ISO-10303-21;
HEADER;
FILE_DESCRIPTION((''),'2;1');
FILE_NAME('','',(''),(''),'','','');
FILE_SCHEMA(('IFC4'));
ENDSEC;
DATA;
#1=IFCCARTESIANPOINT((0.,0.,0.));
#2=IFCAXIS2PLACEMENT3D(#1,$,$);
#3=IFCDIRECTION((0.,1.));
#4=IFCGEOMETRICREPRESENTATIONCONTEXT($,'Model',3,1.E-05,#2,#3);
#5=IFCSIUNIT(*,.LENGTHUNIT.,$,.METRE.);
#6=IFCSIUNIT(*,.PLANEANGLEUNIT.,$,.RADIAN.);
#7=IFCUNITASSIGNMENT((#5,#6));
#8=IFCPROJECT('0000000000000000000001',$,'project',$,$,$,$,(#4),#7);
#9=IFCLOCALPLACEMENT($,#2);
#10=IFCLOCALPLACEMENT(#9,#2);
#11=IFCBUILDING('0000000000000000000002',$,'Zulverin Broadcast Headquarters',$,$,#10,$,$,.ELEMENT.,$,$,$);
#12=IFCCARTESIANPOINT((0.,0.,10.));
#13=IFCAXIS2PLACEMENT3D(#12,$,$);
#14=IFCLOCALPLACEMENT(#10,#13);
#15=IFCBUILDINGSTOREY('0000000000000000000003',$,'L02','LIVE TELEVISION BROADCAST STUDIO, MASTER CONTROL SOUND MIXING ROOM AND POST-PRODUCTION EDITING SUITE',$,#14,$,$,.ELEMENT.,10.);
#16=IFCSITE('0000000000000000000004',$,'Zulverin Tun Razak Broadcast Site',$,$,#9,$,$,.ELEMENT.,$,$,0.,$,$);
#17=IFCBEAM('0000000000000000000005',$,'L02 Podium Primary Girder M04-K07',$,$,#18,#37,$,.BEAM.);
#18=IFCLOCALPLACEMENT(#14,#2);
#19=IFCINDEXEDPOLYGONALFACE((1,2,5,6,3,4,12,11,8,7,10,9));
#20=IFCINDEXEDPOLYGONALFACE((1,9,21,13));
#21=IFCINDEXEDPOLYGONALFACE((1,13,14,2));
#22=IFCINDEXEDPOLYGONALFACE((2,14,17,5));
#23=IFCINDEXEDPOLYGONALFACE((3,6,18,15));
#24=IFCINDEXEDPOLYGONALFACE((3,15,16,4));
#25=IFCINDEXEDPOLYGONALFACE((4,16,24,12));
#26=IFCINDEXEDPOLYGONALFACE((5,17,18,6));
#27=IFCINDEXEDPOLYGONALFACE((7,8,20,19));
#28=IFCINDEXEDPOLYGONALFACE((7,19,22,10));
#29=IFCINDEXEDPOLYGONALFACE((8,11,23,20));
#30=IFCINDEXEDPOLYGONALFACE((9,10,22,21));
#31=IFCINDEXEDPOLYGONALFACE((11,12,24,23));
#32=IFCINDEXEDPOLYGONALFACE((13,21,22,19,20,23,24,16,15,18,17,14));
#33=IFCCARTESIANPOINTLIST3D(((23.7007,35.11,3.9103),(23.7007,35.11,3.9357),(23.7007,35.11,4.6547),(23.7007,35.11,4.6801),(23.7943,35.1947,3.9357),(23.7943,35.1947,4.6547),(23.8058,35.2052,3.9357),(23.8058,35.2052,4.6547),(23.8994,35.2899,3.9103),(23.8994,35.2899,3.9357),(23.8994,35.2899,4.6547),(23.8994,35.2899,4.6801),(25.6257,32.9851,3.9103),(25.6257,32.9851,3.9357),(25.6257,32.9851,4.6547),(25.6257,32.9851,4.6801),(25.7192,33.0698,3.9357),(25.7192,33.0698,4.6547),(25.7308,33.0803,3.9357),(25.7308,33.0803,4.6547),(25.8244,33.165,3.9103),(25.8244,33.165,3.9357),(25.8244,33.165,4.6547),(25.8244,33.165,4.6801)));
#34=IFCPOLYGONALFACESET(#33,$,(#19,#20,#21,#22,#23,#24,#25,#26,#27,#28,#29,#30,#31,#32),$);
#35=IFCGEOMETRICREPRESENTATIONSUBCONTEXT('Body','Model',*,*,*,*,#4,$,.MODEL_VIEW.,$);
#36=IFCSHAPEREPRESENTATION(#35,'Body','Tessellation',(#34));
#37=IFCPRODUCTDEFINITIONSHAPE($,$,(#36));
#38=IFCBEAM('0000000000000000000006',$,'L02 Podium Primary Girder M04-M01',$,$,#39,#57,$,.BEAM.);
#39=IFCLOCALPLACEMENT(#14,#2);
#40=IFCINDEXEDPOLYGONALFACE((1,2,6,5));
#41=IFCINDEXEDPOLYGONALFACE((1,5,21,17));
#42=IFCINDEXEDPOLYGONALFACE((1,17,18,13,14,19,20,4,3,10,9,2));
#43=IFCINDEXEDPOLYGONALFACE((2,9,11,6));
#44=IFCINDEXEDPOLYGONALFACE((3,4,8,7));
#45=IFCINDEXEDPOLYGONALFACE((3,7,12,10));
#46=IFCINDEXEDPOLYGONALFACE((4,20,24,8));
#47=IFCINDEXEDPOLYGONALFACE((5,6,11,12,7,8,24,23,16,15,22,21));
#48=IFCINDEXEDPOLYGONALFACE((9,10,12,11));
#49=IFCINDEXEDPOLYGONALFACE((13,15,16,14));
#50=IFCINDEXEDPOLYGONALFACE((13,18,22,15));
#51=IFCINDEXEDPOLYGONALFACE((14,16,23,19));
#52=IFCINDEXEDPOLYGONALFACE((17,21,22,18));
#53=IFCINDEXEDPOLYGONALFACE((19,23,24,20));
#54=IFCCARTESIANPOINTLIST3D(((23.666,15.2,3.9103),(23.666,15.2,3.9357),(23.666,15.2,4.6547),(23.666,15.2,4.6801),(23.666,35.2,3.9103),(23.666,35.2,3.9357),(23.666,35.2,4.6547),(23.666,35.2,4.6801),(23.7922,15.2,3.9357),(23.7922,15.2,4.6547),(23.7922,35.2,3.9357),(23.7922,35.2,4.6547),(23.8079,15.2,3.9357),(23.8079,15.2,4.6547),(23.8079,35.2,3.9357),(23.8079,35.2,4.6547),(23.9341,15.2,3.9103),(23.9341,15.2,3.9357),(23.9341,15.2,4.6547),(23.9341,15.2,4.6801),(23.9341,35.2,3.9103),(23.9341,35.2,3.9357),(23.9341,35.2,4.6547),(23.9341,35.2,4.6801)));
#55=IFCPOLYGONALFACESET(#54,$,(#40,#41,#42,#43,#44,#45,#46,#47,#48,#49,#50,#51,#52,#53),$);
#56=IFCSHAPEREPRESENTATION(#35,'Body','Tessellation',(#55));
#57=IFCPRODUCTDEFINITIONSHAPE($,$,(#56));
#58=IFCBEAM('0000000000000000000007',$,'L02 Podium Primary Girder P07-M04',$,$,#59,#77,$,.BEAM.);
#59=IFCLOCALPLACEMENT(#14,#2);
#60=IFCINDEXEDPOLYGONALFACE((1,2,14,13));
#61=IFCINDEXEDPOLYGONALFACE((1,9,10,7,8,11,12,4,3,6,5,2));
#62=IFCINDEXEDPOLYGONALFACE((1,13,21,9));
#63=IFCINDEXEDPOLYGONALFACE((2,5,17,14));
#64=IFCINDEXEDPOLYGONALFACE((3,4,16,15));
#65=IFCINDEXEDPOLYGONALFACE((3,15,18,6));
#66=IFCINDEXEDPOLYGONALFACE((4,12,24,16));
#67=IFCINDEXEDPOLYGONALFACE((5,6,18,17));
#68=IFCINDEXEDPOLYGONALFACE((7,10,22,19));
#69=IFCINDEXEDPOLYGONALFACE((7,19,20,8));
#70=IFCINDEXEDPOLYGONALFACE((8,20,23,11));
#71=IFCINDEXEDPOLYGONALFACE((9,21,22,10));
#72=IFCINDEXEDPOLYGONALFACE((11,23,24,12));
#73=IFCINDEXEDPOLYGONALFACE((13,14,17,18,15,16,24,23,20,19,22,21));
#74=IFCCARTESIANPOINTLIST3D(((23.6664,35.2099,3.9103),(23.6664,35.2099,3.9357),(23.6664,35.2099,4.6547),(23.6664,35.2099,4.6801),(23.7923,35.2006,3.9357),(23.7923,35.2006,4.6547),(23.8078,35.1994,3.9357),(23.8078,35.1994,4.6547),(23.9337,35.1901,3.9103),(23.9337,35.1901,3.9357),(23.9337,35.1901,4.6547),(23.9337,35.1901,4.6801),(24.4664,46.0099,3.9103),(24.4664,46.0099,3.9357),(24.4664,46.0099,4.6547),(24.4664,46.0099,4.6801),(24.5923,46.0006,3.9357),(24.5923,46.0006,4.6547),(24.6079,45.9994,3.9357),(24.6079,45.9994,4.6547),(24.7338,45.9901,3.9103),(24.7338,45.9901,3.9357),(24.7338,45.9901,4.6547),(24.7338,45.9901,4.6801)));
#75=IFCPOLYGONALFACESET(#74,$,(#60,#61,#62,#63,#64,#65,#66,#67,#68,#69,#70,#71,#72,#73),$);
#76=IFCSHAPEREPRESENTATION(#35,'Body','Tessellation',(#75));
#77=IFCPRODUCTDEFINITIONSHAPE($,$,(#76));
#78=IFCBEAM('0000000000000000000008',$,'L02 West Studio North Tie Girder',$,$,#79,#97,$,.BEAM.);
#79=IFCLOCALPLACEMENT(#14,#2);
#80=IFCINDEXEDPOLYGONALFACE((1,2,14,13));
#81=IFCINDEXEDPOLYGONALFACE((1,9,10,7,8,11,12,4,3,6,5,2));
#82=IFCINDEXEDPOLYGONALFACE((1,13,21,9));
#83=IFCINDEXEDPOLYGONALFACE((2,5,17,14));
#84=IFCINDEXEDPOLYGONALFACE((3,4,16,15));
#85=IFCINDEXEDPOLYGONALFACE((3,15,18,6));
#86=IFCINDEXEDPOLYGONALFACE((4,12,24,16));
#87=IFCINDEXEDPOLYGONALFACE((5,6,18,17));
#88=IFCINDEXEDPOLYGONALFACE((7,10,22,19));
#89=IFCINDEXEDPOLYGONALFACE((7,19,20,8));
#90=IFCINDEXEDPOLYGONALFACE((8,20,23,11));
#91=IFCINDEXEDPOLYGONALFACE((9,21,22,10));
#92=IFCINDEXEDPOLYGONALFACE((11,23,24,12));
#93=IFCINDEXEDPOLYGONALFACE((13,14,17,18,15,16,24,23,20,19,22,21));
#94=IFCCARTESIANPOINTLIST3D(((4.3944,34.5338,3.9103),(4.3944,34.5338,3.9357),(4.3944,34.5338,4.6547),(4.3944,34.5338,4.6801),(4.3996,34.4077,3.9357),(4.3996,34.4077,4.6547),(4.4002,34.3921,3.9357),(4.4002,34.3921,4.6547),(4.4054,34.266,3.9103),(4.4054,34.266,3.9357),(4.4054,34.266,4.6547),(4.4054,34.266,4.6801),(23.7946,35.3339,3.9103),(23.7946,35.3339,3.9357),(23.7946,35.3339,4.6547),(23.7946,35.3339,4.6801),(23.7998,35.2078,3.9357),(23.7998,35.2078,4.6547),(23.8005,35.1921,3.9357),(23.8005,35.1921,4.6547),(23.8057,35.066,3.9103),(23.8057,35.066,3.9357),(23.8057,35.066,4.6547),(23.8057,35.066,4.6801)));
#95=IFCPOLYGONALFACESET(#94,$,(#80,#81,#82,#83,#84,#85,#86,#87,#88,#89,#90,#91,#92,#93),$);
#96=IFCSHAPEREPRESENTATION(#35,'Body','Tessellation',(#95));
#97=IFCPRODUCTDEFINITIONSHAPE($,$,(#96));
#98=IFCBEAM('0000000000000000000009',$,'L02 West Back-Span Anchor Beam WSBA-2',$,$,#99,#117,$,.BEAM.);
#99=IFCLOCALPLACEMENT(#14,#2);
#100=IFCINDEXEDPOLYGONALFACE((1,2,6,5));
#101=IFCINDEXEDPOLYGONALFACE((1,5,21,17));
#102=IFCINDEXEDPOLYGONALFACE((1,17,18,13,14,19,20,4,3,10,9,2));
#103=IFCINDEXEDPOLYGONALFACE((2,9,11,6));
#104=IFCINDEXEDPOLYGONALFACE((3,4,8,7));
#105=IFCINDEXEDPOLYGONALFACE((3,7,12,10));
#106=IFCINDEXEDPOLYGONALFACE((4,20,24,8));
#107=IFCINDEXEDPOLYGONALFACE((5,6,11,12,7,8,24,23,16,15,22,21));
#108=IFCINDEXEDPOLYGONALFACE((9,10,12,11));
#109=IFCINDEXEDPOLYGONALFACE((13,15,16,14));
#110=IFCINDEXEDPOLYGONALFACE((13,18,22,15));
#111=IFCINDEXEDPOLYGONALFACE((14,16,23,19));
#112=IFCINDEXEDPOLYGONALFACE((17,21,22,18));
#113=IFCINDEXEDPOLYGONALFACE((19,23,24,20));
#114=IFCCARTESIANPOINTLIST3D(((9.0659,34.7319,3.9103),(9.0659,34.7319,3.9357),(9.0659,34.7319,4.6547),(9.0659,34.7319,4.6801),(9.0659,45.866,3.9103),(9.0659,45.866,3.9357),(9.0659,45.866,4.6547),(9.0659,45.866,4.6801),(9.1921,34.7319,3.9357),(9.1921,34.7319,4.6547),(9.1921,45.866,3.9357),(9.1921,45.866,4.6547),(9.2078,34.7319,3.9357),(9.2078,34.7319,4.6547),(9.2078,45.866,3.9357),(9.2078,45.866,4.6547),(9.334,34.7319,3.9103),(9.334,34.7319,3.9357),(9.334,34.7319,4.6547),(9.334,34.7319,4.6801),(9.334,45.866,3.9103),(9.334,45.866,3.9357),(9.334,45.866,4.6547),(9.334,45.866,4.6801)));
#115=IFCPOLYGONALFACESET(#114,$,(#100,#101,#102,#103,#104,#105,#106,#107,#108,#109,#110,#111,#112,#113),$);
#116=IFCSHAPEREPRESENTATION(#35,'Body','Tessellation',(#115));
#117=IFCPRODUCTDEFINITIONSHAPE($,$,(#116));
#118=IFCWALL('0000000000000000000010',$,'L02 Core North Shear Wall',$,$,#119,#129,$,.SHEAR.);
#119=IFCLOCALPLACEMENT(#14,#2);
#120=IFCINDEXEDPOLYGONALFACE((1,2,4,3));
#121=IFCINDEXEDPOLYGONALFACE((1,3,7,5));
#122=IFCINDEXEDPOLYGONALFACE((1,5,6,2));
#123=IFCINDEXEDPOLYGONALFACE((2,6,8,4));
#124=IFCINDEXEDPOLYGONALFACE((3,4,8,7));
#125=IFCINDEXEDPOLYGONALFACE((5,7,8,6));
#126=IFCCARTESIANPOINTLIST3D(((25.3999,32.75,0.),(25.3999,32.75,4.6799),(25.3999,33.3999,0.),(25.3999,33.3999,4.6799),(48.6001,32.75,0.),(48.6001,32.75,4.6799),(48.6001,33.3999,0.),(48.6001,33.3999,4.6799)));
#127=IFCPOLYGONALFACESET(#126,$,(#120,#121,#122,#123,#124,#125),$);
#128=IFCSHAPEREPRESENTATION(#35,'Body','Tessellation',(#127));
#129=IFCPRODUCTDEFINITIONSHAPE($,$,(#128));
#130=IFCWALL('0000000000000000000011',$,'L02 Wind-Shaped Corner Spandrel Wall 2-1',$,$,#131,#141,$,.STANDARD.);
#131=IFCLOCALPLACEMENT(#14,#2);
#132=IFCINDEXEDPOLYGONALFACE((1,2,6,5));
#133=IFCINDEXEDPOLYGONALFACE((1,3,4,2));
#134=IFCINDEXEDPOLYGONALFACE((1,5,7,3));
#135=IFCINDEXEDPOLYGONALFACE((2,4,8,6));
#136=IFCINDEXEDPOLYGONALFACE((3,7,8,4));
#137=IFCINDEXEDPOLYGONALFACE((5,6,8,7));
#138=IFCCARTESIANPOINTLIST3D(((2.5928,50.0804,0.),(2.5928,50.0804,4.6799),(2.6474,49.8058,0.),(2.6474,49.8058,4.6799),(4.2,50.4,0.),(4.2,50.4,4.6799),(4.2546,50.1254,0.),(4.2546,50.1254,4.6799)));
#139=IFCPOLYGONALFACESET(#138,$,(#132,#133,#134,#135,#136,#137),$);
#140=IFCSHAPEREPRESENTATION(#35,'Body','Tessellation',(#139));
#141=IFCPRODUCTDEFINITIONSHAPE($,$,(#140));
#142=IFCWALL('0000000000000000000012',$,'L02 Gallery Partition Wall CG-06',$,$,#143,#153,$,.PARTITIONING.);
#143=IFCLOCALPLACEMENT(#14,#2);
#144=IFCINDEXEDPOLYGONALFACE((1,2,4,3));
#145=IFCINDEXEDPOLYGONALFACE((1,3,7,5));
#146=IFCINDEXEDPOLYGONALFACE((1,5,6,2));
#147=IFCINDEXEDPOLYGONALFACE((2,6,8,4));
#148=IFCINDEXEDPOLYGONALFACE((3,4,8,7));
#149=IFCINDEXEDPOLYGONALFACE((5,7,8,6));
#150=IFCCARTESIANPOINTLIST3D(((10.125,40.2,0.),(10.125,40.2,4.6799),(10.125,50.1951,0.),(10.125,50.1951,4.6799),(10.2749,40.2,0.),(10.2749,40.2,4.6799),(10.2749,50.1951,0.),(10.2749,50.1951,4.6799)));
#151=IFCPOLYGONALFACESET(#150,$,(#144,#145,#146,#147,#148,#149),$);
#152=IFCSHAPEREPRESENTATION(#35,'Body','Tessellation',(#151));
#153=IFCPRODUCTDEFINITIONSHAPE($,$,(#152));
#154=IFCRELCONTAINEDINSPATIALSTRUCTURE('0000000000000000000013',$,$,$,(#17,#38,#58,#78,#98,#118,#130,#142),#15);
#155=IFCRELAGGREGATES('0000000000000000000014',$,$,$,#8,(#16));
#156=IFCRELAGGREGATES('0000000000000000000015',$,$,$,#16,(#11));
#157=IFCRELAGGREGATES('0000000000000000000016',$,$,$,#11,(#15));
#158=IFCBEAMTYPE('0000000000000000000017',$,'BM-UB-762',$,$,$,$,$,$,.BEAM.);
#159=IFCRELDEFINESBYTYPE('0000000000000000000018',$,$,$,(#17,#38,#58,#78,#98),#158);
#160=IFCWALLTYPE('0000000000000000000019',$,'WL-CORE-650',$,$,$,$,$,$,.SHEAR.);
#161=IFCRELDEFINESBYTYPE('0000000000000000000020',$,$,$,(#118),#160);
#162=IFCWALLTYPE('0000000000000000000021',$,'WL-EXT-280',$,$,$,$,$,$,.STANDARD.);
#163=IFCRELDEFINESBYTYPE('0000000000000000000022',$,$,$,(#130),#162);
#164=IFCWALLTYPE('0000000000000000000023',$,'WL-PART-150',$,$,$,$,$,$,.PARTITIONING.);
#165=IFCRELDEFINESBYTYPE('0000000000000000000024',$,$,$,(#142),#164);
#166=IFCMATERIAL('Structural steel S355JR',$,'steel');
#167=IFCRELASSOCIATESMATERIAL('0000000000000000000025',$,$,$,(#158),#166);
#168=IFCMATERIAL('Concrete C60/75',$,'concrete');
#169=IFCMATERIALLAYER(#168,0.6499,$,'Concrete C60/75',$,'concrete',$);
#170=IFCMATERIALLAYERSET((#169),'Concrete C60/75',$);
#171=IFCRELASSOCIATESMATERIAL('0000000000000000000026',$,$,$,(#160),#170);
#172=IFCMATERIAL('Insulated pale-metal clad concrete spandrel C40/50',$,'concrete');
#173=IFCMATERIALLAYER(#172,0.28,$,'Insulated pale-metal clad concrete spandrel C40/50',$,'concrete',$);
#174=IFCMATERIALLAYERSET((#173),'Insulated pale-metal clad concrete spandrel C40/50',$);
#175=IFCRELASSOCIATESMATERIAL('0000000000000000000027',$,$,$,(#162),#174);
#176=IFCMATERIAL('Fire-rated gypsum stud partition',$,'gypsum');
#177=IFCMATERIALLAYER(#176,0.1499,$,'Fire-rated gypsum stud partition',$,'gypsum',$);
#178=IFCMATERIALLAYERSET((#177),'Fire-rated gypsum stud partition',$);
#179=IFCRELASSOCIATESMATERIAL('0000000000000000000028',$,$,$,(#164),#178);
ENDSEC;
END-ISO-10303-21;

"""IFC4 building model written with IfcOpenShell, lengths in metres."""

from ifc_helpers import new_model, si_unit, direction, frame, frame_2d, origin, origin_2d, place, context, subcontext, project, spatial, rectangle, i_section, extrude, material, layer, layer_set, material_profile, profile_set, type_object, element, save


model = new_model("IFC4")

# Units and contexts
model_context = context("Model", 3, precision=1e-05, world=origin(), true_north=direction((0.0, 1.0)))
body_context = subcontext(model_context, "Body", "Model", "MODEL_VIEW")
ifc_project = project(units=[si_unit("LENGTHUNIT", "METRE"), si_unit("PLANEANGLEUNIT", "RADIAN")], contexts=[model_context])

# Site, building, storey
site_placement = place(None, origin())
site = spatial("IfcSite", under=ifc_project, at=site_placement, Name="Zulverin Tun Razak Broadcast Site", CompositionType="ELEMENT", RefElevation=0.0)
building_placement = place(site_placement, origin())
building = spatial("IfcBuilding", under=site, at=building_placement, Name="Zulverin Broadcast Headquarters", CompositionType="ELEMENT")
storey_placement = place(building_placement, frame((0.0, 0.0, 10.0)))
storey = spatial("IfcBuildingStorey", under=building, at=storey_placement, Name="L02", Description="LIVE TELEVISION BROADCAST STUDIO, MASTER CONTROL SOUND MIXING ROOM AND POST-PRODUCTION EDITING SUITE", CompositionType="ELEMENT", Elevation=10.0)

# Shared definitions
ifc_material_1 = material(Name="Concrete C60/75", Category="concrete")

# Beams
ifc_material_2 = material(Name="Structural steel S355JR", Category="steel")
ifc_material_profile_1 = material_profile(ifc_material_2, i_section(OverallWidth=0.2681, OverallDepth=0.7698, WebThickness=0.0156, FlangeThickness=0.0254, at=origin_2d()), Name="Structural steel S355JR", Category="steel")
ifc_profile_set_1 = profile_set([ifc_material_profile_1], Name="Structural steel S355JR")
beam_type_1 = type_object("IfcBeamType", Name="BM-UB-762", PredefinedType="BEAM", material=ifc_profile_set_1)
beam_1_placement = place(storey_placement, frame((23.8, 35.2, 4.2952), z_axis=(0.671379, -0.741114, 0.0), x_axis=(0.741114, 0.671379, 0.0)))
element("IfcBeam", 1, at=beam_1_placement, inside=storey, type_object=beam_type_1, Name="L02 Podium Primary Girder M04-K07", PredefinedType="BEAM", context=body_context, shape_type="SweptSolid", body=[
    extrude(i_section(OverallWidth=0.2681, OverallDepth=0.7698, WebThickness=0.0156, FlangeThickness=0.0254, at=origin_2d()), origin(), (0.0, 0.0, 1.0), 2.8672),
])
beam_2_placement = place(storey_placement, frame((23.8, 35.2, 4.2952), z_axis=(0.0, -1.0, 0.0), x_axis=(1.0, 0.0, 0.0)))
element("IfcBeam", 2, at=beam_2_placement, inside=storey, type_object=beam_type_1, Name="L02 Podium Primary Girder M04-M01", PredefinedType="BEAM", context=body_context, shape_type="SweptSolid", body=[
    extrude(i_section(OverallWidth=0.2681, OverallDepth=0.7698, WebThickness=0.0156, FlangeThickness=0.0254, at=origin_2d()), origin(), (0.0, 0.0, 1.0), 20.0),
])
beam_3_placement = place(storey_placement, frame((24.6001, 46.0, 4.2952), z_axis=(-0.073876, -0.997267, 0.0), x_axis=(0.997267, -0.073876, 0.0)))
element("IfcBeam", 3, at=beam_3_placement, inside=storey, type_object=beam_type_1, Name="L02 Podium Primary Girder P07-M04", PredefinedType="BEAM", context=body_context, shape_type="SweptSolid", body=[
    extrude(i_section(OverallWidth=0.2681, OverallDepth=0.7698, WebThickness=0.0156, FlangeThickness=0.0254, at=origin_2d()), origin(), (0.0, 0.0, 1.0), 10.8296),
])
beam_4_placement = place(storey_placement, frame((4.3999, 34.3999, 4.2952), z_axis=(0.999151, 0.041204, 0.0), x_axis=(-0.041204, 0.999151, 0.0)))
element("IfcBeam", 4, at=beam_4_placement, inside=storey, type_object=beam_type_1, Name="L02 West Studio North Tie Girder", PredefinedType="BEAM", context=body_context, shape_type="SweptSolid", body=[
    extrude(i_section(OverallWidth=0.2681, OverallDepth=0.7698, WebThickness=0.0156, FlangeThickness=0.0254, at=origin_2d()), origin(), (0.0, 0.0, 1.0), 19.4167),
])
beam_5_placement = place(storey_placement, frame((9.2, 34.7319, 4.2952), z_axis=(0.0, 1.0, 0.0), x_axis=(-1.0, 0.0, 0.0)))
element("IfcBeam", 5, at=beam_5_placement, inside=storey, type_object=beam_type_1, Name="L02 West Back-Span Anchor Beam WSBA-2", PredefinedType="BEAM", context=body_context, shape_type="SweptSolid", body=[
    extrude(i_section(OverallWidth=0.2681, OverallDepth=0.7698, WebThickness=0.0156, FlangeThickness=0.0254, at=origin_2d()), origin(), (0.0, 0.0, 1.0), 11.134),
])

# Walls
ifc_layer_1 = layer(ifc_material_1, 0.6499, Name="Concrete C60/75", Category="concrete")
ifc_layer_set_1 = layer_set([ifc_layer_1], Name="Concrete C60/75")
wall_type_1 = type_object("IfcWallType", Name="WL-CORE-650", PredefinedType="SHEAR", material=ifc_layer_set_1)
wall_1_placement = place(storey_placement, frame((25.3999, 33.075, 0.0), z_axis=(0.0, 0.0, 1.0), x_axis=(1.0, 0.0, 0.0)))
element("IfcWall", 6, at=wall_1_placement, inside=storey, type_object=wall_type_1, Name="L02 Core North Shear Wall", PredefinedType="SHEAR", context=body_context, shape_type="SweptSolid", body=[
    extrude(rectangle(XDim=23.2002, YDim=0.6499, at=frame_2d((11.6001, 0.0))), origin(), (0.0, 0.0, 1.0), 4.6799),
])
ifc_material_3 = material(Name="Insulated pale-metal clad concrete spandrel C40/50", Category="concrete")
ifc_layer_2 = layer(ifc_material_3, 0.28, Name="Insulated pale-metal clad concrete spandrel C40/50", Category="concrete")
ifc_layer_set_2 = layer_set([ifc_layer_2], Name="Insulated pale-metal clad concrete spandrel C40/50")
wall_type_2 = type_object("IfcWallType", Name="WL-EXT-280", PredefinedType="STANDARD", material=ifc_layer_set_2)
wall_2_placement = place(storey_placement, frame((4.2273, 50.2627, 0.0), z_axis=(0.0, 0.0, 1.0), x_axis=(-0.980798, -0.195027, 0.0)))
element("IfcWall", 7, at=wall_2_placement, inside=storey, type_object=wall_type_2, Name="L02 Wind-Shaped Corner Spandrel Wall 2-1", PredefinedType="STANDARD", context=body_context, shape_type="SweptSolid", body=[
    extrude(rectangle(XDim=1.6387, YDim=0.28, at=frame_2d((0.8193, 0.0))), origin(), (0.0, 0.0, 1.0), 4.6799),
])
ifc_material_4 = material(Name="Fire-rated gypsum stud partition", Category="gypsum")
ifc_layer_3 = layer(ifc_material_4, 0.1499, Name="Fire-rated gypsum stud partition", Category="gypsum")
ifc_layer_set_3 = layer_set([ifc_layer_3], Name="Fire-rated gypsum stud partition")
wall_type_3 = type_object("IfcWallType", Name="WL-PART-150", PredefinedType="PARTITIONING", material=ifc_layer_set_3)
wall_3_placement = place(storey_placement, frame((10.2, 40.2, 0.0), z_axis=(0.0, 0.0, 1.0), x_axis=(0.0, 1.0, 0.0)))
element("IfcWall", 8, at=wall_3_placement, inside=storey, type_object=wall_type_3, Name="L02 Gallery Partition Wall CG-06", PredefinedType="PARTITIONING", context=body_context, shape_type="SweptSolid", body=[
    extrude(rectangle(XDim=9.9951, YDim=0.1499, at=frame_2d((4.9976, 0.0))), origin(), (0.0, 0.0, 1.0), 4.6799),
])

save(model, "model.ifc")
